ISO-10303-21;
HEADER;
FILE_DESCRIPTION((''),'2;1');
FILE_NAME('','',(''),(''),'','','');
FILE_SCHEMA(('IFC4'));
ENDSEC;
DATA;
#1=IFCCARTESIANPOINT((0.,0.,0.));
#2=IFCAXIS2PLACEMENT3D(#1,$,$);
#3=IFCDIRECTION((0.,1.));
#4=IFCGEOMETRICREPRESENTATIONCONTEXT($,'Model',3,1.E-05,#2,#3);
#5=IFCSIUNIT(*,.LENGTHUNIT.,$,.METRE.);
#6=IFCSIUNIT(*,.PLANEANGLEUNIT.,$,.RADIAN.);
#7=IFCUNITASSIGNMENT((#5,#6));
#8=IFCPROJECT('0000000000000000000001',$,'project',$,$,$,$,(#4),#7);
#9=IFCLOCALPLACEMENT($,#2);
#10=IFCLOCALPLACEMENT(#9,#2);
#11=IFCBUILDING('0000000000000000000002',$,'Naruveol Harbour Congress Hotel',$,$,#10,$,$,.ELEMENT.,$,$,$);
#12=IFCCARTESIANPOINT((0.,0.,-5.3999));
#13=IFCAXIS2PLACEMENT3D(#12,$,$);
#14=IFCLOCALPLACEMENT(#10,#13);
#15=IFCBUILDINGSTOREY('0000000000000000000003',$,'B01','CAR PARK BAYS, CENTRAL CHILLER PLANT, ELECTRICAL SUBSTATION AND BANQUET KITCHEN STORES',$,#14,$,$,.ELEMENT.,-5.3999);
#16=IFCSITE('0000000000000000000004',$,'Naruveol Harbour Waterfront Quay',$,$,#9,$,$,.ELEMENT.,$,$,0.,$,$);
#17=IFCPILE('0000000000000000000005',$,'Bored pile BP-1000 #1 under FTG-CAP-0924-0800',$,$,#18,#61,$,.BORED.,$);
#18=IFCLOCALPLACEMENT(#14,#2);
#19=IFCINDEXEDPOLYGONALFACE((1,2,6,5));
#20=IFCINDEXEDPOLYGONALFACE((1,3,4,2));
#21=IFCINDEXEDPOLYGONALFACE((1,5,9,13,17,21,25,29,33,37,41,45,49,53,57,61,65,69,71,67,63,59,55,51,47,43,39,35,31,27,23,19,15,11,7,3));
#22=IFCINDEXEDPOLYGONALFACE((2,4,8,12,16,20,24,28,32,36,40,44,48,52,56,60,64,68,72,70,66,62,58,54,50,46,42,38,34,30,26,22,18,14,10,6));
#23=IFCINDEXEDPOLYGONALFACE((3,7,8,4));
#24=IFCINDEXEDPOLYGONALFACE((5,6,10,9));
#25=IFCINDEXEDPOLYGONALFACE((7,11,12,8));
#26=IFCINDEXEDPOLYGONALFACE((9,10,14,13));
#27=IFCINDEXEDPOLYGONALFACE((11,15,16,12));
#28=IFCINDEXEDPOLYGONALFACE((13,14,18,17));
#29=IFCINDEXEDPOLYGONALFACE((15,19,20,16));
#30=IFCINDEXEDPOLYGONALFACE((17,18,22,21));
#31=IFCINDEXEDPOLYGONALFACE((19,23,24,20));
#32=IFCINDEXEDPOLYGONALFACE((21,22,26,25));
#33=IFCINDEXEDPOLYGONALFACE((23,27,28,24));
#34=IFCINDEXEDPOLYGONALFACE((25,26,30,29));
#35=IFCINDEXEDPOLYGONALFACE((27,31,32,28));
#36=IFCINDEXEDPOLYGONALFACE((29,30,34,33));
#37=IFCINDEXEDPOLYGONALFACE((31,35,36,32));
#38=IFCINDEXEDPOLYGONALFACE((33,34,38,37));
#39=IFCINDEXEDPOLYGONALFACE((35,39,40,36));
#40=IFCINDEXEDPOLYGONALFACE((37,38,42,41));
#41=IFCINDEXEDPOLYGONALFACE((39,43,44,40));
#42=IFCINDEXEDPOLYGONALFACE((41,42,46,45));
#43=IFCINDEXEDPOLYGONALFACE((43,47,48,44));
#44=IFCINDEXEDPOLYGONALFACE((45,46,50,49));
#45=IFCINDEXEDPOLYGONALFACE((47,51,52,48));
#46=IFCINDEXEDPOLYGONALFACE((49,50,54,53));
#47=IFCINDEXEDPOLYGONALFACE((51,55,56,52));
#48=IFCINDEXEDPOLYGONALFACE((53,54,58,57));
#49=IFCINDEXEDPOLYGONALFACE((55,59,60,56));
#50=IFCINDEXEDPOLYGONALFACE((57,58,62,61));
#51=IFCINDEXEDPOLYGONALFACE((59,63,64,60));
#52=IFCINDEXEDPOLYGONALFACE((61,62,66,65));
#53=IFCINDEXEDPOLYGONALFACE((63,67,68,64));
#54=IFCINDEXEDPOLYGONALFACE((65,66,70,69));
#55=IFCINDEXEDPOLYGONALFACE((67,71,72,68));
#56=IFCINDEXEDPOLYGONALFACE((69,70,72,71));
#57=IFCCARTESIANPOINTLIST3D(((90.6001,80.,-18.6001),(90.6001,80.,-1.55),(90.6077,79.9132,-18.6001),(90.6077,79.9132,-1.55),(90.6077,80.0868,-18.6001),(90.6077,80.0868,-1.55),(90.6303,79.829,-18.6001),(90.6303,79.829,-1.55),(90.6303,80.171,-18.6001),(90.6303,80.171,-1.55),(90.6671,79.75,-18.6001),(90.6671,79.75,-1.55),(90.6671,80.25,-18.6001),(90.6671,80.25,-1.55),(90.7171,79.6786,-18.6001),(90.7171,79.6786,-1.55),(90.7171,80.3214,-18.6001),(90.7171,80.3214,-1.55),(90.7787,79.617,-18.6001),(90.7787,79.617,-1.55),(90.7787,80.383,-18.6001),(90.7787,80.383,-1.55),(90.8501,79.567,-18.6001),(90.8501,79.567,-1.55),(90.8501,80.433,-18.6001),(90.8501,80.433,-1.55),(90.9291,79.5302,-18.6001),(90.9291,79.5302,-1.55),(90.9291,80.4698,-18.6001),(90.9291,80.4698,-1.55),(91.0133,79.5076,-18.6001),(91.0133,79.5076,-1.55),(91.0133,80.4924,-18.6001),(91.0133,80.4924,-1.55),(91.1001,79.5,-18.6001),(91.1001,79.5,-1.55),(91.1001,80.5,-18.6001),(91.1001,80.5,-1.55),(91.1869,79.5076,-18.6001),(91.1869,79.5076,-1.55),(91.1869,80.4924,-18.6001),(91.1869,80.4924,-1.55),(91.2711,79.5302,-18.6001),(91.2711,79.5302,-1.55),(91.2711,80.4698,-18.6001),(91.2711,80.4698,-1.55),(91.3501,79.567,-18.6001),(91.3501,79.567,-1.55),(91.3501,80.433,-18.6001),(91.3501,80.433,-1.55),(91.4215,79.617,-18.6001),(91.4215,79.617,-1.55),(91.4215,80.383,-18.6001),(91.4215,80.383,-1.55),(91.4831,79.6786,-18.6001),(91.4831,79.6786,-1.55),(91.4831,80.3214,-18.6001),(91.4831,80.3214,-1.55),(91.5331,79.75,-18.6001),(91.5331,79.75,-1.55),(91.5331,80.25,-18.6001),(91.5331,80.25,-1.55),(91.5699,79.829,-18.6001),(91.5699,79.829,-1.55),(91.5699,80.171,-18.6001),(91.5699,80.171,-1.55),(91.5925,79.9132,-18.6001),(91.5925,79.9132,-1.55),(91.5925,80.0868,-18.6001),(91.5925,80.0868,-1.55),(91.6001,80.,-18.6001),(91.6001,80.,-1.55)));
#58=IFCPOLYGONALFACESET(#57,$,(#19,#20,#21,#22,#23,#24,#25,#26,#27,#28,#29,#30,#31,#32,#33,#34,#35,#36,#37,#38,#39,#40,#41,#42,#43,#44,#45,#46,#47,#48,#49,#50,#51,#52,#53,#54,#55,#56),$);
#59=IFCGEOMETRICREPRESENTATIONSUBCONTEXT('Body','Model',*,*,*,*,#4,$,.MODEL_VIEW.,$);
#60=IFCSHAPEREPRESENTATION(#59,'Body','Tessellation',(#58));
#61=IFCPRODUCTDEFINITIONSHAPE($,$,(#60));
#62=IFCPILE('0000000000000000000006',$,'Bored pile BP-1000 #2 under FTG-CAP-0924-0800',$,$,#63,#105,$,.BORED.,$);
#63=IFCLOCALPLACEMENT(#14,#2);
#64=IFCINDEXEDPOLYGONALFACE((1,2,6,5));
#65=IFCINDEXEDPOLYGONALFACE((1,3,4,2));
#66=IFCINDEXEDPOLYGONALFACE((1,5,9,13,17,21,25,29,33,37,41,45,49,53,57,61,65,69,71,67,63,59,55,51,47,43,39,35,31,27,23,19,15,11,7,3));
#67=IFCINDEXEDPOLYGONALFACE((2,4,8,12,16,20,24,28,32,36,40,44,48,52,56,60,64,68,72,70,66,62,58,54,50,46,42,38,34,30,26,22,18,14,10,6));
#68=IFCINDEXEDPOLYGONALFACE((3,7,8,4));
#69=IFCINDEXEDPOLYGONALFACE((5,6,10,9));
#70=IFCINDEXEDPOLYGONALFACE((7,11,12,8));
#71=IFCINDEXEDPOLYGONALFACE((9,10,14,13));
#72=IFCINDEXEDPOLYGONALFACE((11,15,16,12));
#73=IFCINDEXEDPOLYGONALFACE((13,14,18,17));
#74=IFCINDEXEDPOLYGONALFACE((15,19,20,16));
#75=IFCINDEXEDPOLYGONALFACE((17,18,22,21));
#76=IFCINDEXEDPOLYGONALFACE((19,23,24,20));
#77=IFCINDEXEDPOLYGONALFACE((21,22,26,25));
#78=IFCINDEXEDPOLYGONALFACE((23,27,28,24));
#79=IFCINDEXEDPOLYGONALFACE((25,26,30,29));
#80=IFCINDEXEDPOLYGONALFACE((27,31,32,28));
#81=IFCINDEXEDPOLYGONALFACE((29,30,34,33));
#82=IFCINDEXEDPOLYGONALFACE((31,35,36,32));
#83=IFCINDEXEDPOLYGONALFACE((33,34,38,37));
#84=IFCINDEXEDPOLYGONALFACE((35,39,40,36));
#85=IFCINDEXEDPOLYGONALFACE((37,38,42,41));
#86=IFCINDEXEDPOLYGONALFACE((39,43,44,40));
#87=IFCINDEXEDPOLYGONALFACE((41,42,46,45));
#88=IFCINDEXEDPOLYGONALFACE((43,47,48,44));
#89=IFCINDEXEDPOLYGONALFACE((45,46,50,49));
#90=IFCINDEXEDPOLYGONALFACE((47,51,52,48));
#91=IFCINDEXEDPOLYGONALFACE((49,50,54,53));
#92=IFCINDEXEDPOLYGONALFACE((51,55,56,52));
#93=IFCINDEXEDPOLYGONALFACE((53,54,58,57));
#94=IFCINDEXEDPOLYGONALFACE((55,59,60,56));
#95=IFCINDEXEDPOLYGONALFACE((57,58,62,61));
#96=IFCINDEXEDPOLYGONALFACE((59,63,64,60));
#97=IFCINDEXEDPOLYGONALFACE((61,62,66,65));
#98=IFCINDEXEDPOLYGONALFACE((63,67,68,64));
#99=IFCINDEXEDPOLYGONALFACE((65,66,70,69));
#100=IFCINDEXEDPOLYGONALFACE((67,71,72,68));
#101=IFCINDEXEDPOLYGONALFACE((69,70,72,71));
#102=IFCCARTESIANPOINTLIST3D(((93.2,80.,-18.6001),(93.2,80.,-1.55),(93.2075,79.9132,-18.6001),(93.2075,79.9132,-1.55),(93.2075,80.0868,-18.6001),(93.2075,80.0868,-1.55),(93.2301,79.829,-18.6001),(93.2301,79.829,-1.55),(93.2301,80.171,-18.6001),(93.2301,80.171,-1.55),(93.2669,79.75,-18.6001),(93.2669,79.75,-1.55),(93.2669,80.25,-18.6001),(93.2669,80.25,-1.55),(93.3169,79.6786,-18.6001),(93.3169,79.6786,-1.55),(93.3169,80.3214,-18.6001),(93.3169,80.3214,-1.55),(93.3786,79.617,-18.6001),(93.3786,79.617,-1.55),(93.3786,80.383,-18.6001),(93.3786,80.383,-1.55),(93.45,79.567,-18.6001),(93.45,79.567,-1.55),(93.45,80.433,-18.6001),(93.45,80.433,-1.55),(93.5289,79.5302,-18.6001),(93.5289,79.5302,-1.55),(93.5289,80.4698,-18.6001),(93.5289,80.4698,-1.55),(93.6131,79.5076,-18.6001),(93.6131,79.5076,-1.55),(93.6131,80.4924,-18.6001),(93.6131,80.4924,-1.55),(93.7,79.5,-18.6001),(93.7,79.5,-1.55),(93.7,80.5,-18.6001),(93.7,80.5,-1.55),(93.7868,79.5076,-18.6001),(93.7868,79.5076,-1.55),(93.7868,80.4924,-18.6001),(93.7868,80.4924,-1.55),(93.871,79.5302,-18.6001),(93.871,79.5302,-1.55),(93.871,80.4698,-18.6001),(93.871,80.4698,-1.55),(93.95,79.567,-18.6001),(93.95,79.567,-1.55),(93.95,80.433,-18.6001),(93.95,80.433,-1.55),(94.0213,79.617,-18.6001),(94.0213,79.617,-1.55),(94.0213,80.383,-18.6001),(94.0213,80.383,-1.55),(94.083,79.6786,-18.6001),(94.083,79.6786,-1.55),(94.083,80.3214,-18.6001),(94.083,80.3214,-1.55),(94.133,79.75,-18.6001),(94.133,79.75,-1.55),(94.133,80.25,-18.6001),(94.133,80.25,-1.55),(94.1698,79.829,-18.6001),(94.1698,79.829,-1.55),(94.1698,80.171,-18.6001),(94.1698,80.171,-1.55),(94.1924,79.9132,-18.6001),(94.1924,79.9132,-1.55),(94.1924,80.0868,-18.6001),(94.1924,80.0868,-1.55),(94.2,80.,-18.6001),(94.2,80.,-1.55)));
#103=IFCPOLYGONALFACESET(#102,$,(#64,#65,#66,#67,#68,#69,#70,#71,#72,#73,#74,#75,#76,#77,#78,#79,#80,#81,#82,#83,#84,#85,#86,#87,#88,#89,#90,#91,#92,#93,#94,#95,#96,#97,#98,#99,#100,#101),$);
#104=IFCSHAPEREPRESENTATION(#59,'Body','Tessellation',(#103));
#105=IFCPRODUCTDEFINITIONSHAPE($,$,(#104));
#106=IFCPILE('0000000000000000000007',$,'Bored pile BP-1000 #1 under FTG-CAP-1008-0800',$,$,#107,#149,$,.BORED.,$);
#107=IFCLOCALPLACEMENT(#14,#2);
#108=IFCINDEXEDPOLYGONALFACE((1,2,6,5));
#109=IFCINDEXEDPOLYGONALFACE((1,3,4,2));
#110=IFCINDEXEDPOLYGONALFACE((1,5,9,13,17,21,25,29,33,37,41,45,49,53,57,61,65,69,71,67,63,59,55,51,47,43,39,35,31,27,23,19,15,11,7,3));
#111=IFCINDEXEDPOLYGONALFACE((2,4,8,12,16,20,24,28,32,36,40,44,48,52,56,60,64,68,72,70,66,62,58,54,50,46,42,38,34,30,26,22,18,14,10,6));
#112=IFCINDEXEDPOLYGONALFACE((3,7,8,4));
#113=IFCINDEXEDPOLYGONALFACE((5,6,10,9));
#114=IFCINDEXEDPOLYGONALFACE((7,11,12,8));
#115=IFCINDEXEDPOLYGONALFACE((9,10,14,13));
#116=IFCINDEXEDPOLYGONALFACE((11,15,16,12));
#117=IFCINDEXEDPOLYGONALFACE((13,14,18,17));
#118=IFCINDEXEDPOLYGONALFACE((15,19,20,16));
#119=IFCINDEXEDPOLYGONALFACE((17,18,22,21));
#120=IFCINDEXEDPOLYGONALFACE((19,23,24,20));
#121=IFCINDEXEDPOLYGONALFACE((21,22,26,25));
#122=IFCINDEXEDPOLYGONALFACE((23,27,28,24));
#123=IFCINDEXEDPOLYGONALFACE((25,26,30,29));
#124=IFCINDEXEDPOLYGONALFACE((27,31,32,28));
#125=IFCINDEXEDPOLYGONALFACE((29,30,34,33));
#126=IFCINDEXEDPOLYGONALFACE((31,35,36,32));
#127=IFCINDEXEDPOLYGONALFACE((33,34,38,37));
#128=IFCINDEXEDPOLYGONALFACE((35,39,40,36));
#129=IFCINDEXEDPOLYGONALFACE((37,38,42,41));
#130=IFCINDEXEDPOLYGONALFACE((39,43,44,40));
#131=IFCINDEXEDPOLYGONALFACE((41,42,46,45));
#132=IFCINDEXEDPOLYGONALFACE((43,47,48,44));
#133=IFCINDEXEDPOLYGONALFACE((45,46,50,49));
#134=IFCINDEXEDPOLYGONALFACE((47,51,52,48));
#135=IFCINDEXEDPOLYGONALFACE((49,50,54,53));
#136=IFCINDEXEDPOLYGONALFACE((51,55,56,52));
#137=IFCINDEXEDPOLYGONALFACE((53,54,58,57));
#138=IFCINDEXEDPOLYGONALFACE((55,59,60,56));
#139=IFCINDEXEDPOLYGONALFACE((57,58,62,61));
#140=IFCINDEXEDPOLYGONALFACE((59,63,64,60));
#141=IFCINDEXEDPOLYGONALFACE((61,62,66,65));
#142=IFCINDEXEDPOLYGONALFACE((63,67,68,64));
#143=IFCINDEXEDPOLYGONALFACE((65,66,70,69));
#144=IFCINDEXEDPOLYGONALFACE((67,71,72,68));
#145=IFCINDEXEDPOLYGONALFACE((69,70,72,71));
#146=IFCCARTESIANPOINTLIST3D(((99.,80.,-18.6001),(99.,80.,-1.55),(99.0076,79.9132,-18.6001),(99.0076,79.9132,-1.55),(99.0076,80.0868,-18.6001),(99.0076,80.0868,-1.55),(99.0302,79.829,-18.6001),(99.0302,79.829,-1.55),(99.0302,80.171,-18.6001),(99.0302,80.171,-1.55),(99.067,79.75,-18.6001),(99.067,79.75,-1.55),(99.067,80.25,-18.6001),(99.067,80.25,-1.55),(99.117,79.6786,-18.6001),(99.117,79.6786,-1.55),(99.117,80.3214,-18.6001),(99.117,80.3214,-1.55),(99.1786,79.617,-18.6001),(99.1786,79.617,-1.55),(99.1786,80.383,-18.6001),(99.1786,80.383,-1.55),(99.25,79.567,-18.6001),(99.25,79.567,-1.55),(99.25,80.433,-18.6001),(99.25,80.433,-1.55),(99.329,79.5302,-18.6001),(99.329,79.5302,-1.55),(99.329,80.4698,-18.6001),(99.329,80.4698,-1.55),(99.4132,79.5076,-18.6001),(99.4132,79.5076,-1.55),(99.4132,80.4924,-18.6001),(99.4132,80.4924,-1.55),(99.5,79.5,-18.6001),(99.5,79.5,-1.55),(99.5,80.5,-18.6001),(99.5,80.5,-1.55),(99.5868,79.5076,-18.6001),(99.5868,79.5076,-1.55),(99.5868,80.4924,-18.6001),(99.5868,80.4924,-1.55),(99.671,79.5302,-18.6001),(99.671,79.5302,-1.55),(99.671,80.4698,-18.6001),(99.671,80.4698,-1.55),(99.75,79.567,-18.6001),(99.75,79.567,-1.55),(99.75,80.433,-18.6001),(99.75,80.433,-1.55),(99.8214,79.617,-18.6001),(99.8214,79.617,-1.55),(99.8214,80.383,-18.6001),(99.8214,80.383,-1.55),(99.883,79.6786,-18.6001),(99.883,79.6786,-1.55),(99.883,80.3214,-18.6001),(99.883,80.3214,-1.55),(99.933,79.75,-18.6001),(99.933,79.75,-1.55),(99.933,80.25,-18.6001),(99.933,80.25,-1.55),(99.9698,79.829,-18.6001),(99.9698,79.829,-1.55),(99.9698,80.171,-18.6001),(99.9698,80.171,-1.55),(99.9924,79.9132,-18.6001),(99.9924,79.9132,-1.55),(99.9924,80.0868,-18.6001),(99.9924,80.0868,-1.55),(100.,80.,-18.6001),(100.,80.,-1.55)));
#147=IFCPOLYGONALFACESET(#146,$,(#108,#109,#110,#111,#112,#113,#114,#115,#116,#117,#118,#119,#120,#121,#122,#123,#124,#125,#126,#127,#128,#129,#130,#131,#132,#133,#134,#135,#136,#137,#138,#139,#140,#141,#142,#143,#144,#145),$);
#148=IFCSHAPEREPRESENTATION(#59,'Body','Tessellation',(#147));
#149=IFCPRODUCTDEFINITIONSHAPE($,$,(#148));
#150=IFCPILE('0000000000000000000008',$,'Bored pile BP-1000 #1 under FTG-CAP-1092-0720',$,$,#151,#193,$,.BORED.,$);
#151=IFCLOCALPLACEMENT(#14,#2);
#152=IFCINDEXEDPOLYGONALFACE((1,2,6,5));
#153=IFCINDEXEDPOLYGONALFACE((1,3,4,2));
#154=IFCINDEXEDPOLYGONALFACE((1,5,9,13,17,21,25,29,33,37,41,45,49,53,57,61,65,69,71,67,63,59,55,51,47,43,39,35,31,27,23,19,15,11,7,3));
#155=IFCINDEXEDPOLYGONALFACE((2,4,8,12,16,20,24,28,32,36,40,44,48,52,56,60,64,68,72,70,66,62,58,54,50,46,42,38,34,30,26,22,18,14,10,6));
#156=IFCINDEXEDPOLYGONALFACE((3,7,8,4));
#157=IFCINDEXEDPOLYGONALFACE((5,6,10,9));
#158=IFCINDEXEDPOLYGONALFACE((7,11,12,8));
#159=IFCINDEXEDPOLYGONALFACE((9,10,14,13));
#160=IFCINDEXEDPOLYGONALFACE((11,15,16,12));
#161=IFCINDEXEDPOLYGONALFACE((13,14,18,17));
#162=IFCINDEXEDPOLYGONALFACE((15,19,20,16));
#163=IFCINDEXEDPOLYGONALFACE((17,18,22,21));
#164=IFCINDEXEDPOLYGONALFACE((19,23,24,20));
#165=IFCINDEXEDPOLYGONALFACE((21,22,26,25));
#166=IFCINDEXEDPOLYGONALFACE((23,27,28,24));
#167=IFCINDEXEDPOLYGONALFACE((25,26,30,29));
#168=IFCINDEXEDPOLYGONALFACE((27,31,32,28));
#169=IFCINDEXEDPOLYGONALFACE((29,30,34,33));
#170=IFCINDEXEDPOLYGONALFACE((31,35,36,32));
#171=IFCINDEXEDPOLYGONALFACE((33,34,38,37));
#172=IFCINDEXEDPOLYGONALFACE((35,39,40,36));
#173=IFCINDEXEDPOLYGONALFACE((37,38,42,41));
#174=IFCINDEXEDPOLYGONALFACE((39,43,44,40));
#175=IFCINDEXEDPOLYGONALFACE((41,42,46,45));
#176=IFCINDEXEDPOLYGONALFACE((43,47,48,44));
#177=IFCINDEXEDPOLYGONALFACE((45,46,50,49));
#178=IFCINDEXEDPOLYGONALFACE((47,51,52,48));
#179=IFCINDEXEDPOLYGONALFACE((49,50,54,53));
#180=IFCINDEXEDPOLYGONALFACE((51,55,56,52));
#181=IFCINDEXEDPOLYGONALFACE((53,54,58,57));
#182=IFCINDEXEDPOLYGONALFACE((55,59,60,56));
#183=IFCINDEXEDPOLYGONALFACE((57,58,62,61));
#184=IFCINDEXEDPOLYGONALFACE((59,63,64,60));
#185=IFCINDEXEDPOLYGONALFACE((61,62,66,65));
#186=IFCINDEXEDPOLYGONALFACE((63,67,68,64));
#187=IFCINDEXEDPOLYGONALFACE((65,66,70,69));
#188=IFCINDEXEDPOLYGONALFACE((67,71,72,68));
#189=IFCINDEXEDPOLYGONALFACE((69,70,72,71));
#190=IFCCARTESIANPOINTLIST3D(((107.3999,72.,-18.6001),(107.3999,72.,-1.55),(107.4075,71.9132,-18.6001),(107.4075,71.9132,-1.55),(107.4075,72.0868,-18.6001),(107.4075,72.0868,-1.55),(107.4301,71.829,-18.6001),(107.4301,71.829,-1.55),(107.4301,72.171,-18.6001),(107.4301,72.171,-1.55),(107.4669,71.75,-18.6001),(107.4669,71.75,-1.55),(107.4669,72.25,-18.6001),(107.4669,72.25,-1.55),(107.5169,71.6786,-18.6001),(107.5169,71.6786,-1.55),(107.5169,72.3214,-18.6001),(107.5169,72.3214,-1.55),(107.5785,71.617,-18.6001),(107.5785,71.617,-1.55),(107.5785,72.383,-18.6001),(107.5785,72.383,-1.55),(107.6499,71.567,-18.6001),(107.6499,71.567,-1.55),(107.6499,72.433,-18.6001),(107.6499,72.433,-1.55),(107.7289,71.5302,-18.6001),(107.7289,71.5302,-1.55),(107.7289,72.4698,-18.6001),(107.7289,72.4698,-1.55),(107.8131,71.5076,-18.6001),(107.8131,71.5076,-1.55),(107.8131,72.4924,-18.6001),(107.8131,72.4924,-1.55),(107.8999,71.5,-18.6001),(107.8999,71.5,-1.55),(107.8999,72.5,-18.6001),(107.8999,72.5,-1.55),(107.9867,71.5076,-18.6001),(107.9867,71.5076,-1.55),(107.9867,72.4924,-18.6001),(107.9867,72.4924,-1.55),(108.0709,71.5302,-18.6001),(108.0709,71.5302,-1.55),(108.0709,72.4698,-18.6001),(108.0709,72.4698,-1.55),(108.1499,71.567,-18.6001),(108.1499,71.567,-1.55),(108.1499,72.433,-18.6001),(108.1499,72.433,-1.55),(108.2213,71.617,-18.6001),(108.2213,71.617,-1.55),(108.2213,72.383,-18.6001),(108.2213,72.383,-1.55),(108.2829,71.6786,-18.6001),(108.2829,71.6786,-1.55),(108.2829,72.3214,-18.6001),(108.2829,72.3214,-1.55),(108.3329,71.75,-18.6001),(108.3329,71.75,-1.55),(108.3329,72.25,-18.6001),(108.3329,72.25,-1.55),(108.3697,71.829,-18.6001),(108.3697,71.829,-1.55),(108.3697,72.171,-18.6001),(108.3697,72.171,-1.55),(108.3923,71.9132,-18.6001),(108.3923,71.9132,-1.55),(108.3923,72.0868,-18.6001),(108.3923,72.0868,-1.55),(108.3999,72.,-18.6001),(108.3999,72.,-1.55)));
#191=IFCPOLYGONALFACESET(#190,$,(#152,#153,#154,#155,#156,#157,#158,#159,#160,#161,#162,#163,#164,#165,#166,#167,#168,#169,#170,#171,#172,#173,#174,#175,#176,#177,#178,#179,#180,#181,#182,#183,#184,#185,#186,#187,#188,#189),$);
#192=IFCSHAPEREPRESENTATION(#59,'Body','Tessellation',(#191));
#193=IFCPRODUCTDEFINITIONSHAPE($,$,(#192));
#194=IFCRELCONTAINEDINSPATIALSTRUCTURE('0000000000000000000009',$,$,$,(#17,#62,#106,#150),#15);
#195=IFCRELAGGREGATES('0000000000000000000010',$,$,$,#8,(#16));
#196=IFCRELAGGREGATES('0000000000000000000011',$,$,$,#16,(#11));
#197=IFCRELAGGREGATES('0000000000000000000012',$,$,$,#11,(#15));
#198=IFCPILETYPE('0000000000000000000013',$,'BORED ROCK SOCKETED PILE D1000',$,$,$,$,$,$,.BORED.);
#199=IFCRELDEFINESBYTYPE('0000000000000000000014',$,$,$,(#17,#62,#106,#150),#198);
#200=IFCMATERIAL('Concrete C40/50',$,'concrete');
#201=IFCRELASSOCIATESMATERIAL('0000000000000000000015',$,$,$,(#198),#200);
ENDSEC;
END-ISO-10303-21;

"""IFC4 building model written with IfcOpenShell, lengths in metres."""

from ifc_helpers import new_model, si_unit, direction, frame, origin, origin_2d, place, context, subcontext, project, spatial, circle, extrude, material, material_profile, profile_set, type_object, element, save


model = new_model("IFC4")

# Units and contexts
model_context = context("Model", 3, precision=1e-05, world=origin(), true_north=direction((0.0, 1.0)))
body_context = subcontext(model_context, "Body", "Model", "MODEL_VIEW")
ifc_project = project(units=[si_unit("LENGTHUNIT", "METRE"), si_unit("PLANEANGLEUNIT", "RADIAN")], contexts=[model_context])

# Site, building, storey
site_placement = place(None, origin())
site = spatial("IfcSite", under=ifc_project, at=site_placement, Name="Naruveol Harbour Waterfront Quay", CompositionType="ELEMENT", RefElevation=0.0)
building_placement = place(site_placement, origin())
building = spatial("IfcBuilding", under=site, at=building_placement, Name="Naruveol Harbour Congress Hotel", CompositionType="ELEMENT")
storey_placement = place(building_placement, frame((0.0, 0.0, -5.3999)))
storey = spatial("IfcBuildingStorey", under=building, at=storey_placement, Name="B01", Description="CAR PARK BAYS, CENTRAL CHILLER PLANT, ELECTRICAL SUBSTATION AND BANQUET KITCHEN STORES", CompositionType="ELEMENT", Elevation=-5.3999)

# Piles
ifc_material_1 = material(Name="Concrete C40/50", Category="concrete")
ifc_material_profile_1 = material_profile(ifc_material_1, circle(Radius=0.5, at=origin_2d()), Name="BP-1000")
ifc_profile_set_1 = profile_set([ifc_material_profile_1], Name="Concrete C40/50")
pile_type_1 = type_object("IfcPileType", Name="BORED ROCK SOCKETED PILE D1000", PredefinedType="BORED", material=ifc_profile_set_1)
for number, where, z_axis, x_axis, name in (
    (1, (91.1001, 80.0, -1.55), (0.0, 0.0, -1.0), (1.0, 0.0, 0.0), "Bored pile BP-1000 #1 under FTG-CAP-0924-0800"),
    (2, (93.7, 80.0, -1.55), (0.0, 0.0, -1.0), (1.0, 0.0, 0.0), "Bored pile BP-1000 #2 under FTG-CAP-0924-0800"),
    (3, (99.5, 80.0, -1.55), (0.0, 0.0, -1.0), (1.0, 0.0, 0.0), "Bored pile BP-1000 #1 under FTG-CAP-1008-0800"),
    (4, (107.8999, 72.0, -1.55), (0.0, 0.0, -1.0), (1.0, 0.0, 0.0), "Bored pile BP-1000 #1 under FTG-CAP-1092-0720"),
):
    element("IfcPile", number, at=place(storey_placement, frame(where, z_axis=z_axis, x_axis=x_axis)), inside=storey, type_object=pile_type_1, Name=name, PredefinedType="BORED", context=body_context, shape_type="SweptSolid", body=[
        extrude(circle(Radius=0.5, at=origin_2d()), origin(), (0.0, 0.0, 1.0), 17.05),
    ])

save(model, "model.ifc")
